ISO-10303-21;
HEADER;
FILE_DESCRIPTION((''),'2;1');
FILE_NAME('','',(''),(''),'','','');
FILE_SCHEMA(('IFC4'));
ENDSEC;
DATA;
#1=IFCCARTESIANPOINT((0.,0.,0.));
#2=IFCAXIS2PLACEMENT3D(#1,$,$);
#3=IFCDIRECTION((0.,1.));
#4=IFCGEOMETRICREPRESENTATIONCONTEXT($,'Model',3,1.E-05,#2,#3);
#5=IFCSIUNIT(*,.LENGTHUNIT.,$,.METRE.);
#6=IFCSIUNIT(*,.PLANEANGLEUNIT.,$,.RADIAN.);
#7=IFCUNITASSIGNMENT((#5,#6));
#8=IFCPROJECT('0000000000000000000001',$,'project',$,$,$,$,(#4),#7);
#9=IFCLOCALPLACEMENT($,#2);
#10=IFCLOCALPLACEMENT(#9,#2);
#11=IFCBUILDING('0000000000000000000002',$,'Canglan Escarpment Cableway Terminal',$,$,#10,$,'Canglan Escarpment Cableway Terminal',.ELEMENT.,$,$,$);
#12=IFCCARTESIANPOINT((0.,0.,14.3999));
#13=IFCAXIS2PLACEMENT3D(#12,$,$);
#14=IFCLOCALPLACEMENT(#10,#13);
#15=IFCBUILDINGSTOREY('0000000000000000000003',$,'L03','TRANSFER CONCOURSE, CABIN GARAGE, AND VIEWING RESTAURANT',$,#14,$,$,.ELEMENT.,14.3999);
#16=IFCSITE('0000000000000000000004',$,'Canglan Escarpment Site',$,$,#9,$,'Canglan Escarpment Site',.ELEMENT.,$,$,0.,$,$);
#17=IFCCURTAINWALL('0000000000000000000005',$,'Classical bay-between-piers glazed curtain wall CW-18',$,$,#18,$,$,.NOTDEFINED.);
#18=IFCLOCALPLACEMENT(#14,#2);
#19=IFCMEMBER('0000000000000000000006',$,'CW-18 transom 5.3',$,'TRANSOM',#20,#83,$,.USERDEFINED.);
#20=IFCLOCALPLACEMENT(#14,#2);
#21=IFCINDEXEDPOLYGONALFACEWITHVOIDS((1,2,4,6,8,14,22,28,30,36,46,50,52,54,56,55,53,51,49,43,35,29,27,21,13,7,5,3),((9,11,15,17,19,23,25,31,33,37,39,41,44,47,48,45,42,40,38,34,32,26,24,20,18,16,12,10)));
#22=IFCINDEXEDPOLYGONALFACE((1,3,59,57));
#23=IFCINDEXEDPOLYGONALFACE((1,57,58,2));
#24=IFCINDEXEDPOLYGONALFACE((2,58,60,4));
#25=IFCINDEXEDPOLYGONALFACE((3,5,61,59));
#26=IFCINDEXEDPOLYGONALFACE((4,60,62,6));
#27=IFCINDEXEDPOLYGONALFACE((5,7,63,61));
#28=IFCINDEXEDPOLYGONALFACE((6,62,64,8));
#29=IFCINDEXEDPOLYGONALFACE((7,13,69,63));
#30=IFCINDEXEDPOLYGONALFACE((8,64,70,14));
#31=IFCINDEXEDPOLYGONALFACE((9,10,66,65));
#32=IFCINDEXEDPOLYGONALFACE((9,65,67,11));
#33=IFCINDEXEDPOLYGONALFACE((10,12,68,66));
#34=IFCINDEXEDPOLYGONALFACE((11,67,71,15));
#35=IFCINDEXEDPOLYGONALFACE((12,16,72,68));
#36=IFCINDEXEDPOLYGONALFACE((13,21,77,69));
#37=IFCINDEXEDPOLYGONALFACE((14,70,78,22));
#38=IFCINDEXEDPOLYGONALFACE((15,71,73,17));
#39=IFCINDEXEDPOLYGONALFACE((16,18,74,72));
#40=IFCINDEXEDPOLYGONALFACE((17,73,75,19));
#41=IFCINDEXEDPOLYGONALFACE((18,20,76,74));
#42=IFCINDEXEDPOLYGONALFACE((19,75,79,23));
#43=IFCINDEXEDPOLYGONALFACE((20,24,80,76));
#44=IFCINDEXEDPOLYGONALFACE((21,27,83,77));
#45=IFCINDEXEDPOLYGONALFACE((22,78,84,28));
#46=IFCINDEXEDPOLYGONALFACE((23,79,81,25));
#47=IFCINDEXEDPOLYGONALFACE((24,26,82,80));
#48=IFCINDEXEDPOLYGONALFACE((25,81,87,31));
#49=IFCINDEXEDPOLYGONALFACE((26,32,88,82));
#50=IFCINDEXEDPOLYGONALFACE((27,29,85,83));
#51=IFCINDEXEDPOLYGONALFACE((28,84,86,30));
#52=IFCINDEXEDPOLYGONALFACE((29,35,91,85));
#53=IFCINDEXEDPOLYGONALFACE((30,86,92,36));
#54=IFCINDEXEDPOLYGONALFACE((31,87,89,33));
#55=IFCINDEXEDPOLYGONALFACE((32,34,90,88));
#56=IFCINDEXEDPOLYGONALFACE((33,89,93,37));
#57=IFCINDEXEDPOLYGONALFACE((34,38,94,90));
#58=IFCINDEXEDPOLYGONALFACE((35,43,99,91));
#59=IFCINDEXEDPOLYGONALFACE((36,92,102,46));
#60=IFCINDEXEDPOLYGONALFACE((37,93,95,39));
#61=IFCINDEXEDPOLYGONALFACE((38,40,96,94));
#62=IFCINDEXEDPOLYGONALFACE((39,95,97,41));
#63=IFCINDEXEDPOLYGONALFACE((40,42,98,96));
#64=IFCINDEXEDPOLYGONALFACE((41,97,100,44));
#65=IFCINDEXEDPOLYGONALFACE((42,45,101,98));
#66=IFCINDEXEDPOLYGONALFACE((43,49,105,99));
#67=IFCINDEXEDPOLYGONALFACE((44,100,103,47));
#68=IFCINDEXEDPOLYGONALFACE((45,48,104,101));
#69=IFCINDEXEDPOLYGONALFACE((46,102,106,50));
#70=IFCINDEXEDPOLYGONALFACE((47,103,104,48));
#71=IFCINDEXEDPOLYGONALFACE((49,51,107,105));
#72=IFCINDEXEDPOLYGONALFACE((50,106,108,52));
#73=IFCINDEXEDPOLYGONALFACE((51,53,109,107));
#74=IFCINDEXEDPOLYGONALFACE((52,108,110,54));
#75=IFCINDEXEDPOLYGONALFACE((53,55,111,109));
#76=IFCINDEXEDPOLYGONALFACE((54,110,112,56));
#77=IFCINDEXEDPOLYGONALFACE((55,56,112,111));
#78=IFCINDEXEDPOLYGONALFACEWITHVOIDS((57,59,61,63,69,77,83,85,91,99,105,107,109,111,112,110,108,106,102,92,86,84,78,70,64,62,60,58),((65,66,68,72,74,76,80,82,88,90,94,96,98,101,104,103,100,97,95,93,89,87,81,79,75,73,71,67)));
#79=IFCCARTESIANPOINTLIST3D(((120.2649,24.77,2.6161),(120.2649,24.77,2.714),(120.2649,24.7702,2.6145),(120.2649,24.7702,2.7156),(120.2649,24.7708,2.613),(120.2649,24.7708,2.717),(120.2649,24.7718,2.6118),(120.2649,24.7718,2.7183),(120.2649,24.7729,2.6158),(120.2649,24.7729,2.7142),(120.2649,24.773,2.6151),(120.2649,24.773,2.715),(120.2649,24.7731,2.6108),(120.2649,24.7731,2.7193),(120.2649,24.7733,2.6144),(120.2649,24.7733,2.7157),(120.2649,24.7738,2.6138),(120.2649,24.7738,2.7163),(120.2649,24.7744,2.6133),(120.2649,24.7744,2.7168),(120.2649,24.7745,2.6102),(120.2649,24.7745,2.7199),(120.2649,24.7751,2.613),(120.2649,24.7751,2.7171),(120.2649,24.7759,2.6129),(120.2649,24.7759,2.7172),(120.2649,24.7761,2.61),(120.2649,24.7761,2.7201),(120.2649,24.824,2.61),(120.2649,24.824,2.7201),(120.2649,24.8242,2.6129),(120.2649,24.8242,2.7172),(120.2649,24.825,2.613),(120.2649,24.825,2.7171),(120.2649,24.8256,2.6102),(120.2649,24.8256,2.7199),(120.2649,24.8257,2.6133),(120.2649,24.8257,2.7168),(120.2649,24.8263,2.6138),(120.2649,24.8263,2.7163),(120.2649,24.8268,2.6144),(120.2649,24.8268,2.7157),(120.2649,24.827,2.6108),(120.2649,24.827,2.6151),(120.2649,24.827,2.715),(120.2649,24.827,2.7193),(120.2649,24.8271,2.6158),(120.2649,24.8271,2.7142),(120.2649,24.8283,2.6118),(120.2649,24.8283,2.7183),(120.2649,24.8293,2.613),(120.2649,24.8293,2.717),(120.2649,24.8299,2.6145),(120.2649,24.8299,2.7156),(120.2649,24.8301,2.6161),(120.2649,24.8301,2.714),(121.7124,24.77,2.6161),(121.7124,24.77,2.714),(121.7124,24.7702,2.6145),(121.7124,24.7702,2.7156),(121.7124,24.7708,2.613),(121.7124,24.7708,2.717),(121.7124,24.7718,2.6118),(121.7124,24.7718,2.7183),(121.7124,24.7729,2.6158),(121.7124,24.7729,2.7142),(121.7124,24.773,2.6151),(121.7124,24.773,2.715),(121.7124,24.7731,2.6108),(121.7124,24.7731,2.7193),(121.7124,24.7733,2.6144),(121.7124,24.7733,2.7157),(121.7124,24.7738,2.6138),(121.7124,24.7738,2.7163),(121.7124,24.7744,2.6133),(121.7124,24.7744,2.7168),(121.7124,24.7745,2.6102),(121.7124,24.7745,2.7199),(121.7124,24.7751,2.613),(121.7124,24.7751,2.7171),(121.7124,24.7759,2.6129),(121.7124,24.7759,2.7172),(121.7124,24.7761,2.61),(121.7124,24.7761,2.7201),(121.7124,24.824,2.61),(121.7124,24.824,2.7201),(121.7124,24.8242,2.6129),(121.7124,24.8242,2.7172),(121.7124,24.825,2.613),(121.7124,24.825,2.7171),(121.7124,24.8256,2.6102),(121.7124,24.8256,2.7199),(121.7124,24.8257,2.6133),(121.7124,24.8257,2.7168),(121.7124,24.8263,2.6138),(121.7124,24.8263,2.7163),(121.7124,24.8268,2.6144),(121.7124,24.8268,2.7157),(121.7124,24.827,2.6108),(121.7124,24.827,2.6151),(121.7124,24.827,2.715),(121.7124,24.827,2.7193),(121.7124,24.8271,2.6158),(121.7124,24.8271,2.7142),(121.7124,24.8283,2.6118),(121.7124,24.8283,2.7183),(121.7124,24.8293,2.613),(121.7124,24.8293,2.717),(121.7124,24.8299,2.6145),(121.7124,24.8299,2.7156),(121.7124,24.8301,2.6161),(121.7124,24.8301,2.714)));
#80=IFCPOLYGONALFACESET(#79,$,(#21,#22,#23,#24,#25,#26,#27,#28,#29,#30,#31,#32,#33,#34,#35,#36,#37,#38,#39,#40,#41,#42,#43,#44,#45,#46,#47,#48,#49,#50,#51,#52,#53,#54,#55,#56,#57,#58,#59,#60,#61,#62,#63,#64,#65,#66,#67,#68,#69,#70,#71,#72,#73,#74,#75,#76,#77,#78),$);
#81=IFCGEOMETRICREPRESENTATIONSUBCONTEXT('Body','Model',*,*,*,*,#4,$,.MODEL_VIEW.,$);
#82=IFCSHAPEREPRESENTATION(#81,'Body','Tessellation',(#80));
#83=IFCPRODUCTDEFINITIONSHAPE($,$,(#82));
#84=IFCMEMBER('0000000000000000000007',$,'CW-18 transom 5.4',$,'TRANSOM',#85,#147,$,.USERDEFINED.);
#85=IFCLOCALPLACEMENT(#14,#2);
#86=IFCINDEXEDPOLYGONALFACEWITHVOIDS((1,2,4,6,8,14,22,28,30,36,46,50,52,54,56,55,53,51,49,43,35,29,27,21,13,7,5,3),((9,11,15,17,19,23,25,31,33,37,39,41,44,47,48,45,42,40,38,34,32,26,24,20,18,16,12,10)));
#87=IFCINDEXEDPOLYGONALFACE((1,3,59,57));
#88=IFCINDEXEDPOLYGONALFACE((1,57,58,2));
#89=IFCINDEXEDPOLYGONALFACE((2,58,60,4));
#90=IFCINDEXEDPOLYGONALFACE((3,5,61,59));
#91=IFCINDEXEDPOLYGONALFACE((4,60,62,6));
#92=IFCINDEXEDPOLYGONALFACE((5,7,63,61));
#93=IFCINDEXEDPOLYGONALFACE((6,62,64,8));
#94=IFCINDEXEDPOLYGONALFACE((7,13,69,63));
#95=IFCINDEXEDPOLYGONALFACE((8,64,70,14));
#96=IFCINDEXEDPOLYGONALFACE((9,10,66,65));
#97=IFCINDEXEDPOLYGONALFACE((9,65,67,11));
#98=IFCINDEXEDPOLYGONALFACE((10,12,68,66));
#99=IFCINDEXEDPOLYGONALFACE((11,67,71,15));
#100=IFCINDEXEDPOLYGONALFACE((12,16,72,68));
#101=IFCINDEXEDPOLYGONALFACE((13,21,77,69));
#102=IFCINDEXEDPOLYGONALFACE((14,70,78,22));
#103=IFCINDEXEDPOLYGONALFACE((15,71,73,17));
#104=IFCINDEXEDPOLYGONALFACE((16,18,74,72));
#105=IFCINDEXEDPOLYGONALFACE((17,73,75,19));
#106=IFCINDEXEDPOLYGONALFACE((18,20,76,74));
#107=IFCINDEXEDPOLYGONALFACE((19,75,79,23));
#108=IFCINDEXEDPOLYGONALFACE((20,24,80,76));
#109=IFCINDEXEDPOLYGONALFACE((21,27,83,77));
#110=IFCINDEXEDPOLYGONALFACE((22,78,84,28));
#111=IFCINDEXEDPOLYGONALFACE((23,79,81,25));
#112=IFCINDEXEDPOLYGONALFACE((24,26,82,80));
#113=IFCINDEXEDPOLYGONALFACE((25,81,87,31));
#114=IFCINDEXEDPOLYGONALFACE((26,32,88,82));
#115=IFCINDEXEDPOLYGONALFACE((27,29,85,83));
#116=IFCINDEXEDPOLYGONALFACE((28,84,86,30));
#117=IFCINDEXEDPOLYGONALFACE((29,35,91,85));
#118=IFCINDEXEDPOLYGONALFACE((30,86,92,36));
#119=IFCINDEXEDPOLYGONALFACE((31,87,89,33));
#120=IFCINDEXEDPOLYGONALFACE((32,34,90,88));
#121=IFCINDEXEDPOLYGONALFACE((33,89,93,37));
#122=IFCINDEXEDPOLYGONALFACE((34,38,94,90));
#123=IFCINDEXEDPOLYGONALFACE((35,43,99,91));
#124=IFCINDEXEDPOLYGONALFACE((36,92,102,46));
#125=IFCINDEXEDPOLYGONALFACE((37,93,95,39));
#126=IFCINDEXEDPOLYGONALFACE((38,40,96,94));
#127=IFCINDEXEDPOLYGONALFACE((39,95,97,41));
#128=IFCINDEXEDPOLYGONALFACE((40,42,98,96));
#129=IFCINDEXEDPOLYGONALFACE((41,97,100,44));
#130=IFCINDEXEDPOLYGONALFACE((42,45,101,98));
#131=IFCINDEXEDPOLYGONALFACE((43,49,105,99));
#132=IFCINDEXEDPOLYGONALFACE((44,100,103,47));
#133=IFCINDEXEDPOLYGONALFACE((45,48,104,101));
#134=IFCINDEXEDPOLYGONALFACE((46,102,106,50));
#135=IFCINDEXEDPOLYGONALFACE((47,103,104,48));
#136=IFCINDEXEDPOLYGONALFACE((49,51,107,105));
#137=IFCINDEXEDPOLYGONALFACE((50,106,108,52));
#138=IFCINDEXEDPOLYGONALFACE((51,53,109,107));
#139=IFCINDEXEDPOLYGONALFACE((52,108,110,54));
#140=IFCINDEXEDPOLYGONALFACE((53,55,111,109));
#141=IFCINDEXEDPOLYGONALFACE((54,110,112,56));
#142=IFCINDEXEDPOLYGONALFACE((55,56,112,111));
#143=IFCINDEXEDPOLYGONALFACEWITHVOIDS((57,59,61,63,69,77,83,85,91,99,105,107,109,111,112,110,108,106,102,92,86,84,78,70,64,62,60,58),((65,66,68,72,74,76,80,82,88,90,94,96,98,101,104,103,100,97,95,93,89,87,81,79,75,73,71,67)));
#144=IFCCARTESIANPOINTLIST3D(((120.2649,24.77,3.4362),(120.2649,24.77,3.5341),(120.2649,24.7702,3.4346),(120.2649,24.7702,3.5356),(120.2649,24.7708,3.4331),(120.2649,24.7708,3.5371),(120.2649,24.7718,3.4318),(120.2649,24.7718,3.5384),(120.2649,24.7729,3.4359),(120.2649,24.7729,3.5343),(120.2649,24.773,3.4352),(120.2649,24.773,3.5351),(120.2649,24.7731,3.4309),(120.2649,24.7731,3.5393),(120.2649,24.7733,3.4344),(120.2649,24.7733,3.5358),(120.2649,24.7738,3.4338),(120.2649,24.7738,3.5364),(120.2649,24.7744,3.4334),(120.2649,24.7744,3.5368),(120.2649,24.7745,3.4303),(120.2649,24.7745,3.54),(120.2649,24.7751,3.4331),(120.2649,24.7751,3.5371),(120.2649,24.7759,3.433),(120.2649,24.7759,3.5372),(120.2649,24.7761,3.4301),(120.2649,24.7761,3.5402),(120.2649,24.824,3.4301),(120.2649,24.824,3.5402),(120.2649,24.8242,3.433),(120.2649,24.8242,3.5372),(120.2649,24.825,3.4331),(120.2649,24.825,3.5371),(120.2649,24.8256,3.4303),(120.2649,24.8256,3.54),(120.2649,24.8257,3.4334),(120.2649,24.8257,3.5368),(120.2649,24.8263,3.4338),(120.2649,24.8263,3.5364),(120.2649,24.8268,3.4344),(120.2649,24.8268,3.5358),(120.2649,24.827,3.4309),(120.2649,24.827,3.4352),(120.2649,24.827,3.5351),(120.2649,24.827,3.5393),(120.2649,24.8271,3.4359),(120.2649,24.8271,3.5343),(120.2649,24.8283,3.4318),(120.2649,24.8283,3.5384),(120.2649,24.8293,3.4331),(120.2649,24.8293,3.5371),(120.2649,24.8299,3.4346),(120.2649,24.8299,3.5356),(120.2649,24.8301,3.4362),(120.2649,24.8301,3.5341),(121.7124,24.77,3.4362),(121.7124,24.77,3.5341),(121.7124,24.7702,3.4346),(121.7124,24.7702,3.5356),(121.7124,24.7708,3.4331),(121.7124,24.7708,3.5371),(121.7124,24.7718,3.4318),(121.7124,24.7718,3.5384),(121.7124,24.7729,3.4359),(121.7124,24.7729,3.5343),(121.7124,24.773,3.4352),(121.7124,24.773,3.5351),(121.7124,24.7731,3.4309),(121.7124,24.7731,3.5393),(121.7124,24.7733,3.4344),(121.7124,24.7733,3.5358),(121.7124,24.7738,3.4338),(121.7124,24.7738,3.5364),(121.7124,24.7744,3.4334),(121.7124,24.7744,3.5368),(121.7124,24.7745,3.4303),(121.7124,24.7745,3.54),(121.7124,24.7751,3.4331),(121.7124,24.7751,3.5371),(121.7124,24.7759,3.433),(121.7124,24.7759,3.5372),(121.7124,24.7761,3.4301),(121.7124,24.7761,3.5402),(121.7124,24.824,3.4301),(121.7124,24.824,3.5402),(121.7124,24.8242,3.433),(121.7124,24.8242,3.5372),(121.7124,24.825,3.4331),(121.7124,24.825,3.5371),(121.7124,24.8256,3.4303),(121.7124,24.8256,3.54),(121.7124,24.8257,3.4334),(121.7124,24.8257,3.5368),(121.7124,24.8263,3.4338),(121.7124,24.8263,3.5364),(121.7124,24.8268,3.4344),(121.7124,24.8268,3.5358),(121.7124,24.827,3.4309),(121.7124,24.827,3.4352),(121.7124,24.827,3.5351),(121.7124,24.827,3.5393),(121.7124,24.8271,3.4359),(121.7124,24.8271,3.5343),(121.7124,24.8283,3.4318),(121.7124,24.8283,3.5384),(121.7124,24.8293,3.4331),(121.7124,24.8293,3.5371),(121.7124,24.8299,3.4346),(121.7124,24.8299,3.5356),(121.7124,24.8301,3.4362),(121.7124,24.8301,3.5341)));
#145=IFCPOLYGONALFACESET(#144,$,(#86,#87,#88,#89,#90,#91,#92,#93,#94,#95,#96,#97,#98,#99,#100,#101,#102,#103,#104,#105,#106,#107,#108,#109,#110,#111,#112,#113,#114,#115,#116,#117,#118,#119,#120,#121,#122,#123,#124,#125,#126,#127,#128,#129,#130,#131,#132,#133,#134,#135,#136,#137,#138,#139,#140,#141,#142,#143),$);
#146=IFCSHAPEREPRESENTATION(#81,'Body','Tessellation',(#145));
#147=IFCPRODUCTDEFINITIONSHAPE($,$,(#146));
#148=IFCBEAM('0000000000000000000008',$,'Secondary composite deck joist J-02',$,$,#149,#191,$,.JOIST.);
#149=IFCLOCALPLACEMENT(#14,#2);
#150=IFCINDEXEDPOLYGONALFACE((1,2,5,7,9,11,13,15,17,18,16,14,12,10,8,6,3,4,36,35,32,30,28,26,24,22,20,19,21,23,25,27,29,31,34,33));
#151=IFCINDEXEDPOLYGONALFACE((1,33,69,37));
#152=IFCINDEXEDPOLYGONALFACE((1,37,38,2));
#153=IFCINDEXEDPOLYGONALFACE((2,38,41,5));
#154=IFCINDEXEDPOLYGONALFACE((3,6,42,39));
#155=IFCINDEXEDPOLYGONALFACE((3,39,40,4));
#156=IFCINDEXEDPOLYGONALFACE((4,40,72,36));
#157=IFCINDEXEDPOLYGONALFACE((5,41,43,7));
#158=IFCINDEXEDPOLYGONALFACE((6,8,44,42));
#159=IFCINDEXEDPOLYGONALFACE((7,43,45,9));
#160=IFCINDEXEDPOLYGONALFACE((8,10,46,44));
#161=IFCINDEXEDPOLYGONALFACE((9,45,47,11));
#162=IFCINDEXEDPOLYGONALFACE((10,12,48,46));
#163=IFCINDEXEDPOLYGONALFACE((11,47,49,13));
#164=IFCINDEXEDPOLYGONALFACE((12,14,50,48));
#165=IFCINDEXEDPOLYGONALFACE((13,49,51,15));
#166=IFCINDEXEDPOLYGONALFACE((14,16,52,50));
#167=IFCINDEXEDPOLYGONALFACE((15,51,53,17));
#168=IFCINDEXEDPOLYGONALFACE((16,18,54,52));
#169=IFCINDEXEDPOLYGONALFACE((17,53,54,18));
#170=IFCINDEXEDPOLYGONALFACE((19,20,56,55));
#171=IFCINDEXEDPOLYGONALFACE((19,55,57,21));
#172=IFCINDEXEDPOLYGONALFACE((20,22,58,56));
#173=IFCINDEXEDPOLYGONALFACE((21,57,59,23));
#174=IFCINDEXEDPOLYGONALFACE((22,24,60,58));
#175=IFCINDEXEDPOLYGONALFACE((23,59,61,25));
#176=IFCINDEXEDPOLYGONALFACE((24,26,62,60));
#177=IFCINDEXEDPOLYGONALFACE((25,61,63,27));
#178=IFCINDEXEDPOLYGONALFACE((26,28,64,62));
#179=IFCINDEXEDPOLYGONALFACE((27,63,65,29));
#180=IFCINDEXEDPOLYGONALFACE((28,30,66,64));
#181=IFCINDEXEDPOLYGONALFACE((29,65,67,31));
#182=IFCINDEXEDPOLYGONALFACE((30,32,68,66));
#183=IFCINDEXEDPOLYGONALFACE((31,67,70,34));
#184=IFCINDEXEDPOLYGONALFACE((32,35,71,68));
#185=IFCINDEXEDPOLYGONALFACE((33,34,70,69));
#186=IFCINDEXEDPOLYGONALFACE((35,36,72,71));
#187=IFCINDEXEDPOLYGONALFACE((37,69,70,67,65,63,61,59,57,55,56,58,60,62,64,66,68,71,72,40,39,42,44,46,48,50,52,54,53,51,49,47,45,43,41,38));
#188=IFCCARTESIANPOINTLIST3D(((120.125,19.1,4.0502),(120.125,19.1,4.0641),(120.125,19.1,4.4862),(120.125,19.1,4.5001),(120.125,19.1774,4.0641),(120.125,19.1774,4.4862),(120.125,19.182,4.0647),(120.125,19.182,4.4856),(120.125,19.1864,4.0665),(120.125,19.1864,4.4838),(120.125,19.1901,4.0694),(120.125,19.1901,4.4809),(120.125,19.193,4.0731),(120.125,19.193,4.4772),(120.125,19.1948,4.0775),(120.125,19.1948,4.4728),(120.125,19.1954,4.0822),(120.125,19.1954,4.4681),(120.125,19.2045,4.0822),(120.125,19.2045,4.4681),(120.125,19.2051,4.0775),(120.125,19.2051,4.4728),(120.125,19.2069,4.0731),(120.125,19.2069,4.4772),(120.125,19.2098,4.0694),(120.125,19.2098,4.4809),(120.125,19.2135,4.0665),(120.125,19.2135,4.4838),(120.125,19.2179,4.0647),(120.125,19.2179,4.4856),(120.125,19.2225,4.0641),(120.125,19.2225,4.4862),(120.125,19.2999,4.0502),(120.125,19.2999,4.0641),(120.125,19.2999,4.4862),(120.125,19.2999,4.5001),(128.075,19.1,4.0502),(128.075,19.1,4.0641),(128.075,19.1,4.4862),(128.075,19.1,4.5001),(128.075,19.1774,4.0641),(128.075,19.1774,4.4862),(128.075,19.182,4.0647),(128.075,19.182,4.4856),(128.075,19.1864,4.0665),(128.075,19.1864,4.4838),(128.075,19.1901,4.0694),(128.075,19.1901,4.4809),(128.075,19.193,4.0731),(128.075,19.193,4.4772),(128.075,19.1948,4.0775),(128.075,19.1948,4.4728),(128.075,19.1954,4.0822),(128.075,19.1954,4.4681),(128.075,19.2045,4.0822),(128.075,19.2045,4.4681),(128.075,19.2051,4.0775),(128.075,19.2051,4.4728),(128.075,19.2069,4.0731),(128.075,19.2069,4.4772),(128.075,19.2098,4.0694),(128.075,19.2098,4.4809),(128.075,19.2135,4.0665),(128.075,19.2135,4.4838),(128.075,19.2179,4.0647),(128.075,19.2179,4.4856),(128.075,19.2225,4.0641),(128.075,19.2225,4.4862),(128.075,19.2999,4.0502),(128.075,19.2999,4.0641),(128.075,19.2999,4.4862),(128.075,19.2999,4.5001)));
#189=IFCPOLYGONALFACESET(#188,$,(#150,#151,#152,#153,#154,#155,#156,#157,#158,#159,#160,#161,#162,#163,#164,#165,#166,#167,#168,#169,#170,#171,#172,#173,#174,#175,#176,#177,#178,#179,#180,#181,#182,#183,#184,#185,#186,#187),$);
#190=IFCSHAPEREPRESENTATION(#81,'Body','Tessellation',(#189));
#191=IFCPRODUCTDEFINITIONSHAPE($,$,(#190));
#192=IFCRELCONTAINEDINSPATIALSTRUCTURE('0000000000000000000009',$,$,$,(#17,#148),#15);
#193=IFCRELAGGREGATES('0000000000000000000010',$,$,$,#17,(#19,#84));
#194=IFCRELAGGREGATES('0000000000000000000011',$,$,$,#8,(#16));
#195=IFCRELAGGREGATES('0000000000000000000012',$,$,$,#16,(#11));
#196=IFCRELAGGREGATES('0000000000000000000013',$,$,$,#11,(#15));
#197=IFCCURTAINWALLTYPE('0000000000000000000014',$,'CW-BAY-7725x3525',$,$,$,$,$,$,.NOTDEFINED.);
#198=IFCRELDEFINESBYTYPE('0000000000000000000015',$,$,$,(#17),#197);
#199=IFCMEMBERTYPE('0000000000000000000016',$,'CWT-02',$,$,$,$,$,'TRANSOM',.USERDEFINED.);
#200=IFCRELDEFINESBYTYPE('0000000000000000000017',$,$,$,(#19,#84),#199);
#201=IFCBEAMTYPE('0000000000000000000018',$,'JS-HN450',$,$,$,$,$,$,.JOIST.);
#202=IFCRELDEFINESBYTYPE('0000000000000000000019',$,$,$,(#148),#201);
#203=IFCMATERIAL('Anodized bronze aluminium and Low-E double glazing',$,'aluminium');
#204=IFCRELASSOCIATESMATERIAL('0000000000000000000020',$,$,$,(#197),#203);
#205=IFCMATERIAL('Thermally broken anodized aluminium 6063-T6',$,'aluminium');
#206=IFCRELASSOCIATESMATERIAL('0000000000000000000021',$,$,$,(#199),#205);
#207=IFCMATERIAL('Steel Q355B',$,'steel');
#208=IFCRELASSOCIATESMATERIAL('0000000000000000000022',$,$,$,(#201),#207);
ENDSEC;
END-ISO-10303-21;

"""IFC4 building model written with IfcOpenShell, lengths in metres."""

from ifc_helpers import new_model, si_unit, direction, frame, origin, origin_2d, place, context, subcontext, project, spatial, hollow_rectangle, i_section, extrude, material, material_profile, profile_set, type_object, element, aggregate, save


model = new_model("IFC4")

# Units and contexts
model_context = context("Model", 3, precision=1e-05, world=origin(), true_north=direction((0.0, 1.0)))
body_context = subcontext(model_context, "Body", "Model", "MODEL_VIEW")
ifc_project = project(units=[si_unit("LENGTHUNIT", "METRE"), si_unit("PLANEANGLEUNIT", "RADIAN")], contexts=[model_context])

# Site, building, storey
site_placement = place(None, origin())
site = spatial("IfcSite", under=ifc_project, at=site_placement, Name="Canglan Escarpment Site", LongName="Canglan Escarpment Site", CompositionType="ELEMENT", RefElevation=0.0)
building_placement = place(site_placement, origin())
building = spatial("IfcBuilding", under=site, at=building_placement, Name="Canglan Escarpment Cableway Terminal", LongName="Canglan Escarpment Cableway Terminal", CompositionType="ELEMENT")
storey_placement = place(building_placement, frame((0.0, 0.0, 14.3999)))
storey = spatial("IfcBuildingStorey", under=building, at=storey_placement, Name="L03", Description="TRANSFER CONCOURSE, CABIN GARAGE, AND VIEWING RESTAURANT", CompositionType="ELEMENT", Elevation=14.3999)

# Shared definitions
ifc_material_1 = material(Name="Anodized bronze aluminium and Low-E double glazing", Category="aluminium")
ifc_material_2 = material(Name="Thermally broken anodized aluminium 6063-T6", Category="aluminium")

# Curtain wall
curtain_wall_type_1 = type_object("IfcCurtainWallType", Name="CW-BAY-7725x3525", PredefinedType="NOTDEFINED", material=ifc_material_1)
curtain_wall_1_placement = place(storey_placement, origin())
curtain_wall_1 = element("IfcCurtainWall", 1, at=curtain_wall_1_placement, inside=storey, type_object=curtain_wall_type_1, Name="Classical bay-between-piers glazed curtain wall CW-18", PredefinedType="NOTDEFINED")

# Members
ifc_material_profile_1 = material_profile(ifc_material_2, hollow_rectangle(XDim=0.0601, YDim=0.1101, WallThickness=0.0029, InnerFilletRadius=0.0029, OuterFilletRadius=0.0061, at=origin_2d()), Name="ALU-TRAN 60x110x3")
ifc_profile_set_1 = profile_set([ifc_material_profile_1], Name="Thermally broken anodized aluminium 6063-T6")
member_type_1 = type_object("IfcMemberType", Name="CWT-02", ElementType="TRANSOM", PredefinedType="USERDEFINED", material=ifc_profile_set_1)
member_1_placement = place(storey_placement, frame((121.7124, 24.8, 2.665), z_axis=(-1.0, 0.0, 0.0), x_axis=(0.0, -1.0, 0.0)))
member_1 = element("IfcMember", 2, at=member_1_placement, type_object=member_type_1, Name="CW-18 transom 5.3", ObjectType="TRANSOM", PredefinedType="USERDEFINED", context=body_context, shape_type="SweptSolid", body=[
    extrude(hollow_rectangle(XDim=0.0601, YDim=0.1101, WallThickness=0.0029, InnerFilletRadius=0.0029, OuterFilletRadius=0.0061, at=origin_2d()), origin(), (0.0, 0.0, 1.0), 1.4475),
])
member_2_placement = place(storey_placement, frame((121.7124, 24.8, 3.4851), z_axis=(-1.0, 0.0, 0.0), x_axis=(0.0, -1.0, 0.0)))
member_2 = element("IfcMember", 3, at=member_2_placement, type_object=member_type_1, Name="CW-18 transom 5.4", ObjectType="TRANSOM", PredefinedType="USERDEFINED", context=body_context, shape_type="SweptSolid", body=[
    extrude(hollow_rectangle(XDim=0.0601, YDim=0.1101, WallThickness=0.0029, InnerFilletRadius=0.0029, OuterFilletRadius=0.0061, at=origin_2d()), origin(), (0.0, 0.0, 1.0), 1.4475),
])

# Beam
ifc_material_3 = material(Name="Steel Q355B", Category="steel")
ifc_material_profile_2 = material_profile(ifc_material_3, i_section(OverallWidth=0.2, OverallDepth=0.45, WebThickness=0.009, FlangeThickness=0.0139, FilletRadius=0.0181, at=origin_2d()), Name="HN 450x200x9x14")
ifc_profile_set_2 = profile_set([ifc_material_profile_2], Name="Steel Q355B")
beam_type_1 = type_object("IfcBeamType", Name="JS-HN450", PredefinedType="JOIST", material=ifc_profile_set_2)
for number, where, z_axis, x_axis, name in (
    (4, (120.125, 19.2, 4.2751), (1.0, 0.0, 0.0), (0.0, 1.0, 0.0), "Secondary composite deck joist J-02"),
):
    element("IfcBeam", number, at=place(storey_placement, frame(where, z_axis=z_axis, x_axis=x_axis)), inside=storey, type_object=beam_type_1, Name=name, PredefinedType="JOIST", context=body_context, shape_type="SweptSolid", body=[
        extrude(i_section(OverallWidth=0.2, OverallDepth=0.45, WebThickness=0.009, FlangeThickness=0.0139, FilletRadius=0.0181, at=origin_2d()), origin(), (0.0, 0.0, 1.0), 7.95),
    ])

aggregate(curtain_wall_1, [member_1, member_2])

save(model, "model.ifc")
